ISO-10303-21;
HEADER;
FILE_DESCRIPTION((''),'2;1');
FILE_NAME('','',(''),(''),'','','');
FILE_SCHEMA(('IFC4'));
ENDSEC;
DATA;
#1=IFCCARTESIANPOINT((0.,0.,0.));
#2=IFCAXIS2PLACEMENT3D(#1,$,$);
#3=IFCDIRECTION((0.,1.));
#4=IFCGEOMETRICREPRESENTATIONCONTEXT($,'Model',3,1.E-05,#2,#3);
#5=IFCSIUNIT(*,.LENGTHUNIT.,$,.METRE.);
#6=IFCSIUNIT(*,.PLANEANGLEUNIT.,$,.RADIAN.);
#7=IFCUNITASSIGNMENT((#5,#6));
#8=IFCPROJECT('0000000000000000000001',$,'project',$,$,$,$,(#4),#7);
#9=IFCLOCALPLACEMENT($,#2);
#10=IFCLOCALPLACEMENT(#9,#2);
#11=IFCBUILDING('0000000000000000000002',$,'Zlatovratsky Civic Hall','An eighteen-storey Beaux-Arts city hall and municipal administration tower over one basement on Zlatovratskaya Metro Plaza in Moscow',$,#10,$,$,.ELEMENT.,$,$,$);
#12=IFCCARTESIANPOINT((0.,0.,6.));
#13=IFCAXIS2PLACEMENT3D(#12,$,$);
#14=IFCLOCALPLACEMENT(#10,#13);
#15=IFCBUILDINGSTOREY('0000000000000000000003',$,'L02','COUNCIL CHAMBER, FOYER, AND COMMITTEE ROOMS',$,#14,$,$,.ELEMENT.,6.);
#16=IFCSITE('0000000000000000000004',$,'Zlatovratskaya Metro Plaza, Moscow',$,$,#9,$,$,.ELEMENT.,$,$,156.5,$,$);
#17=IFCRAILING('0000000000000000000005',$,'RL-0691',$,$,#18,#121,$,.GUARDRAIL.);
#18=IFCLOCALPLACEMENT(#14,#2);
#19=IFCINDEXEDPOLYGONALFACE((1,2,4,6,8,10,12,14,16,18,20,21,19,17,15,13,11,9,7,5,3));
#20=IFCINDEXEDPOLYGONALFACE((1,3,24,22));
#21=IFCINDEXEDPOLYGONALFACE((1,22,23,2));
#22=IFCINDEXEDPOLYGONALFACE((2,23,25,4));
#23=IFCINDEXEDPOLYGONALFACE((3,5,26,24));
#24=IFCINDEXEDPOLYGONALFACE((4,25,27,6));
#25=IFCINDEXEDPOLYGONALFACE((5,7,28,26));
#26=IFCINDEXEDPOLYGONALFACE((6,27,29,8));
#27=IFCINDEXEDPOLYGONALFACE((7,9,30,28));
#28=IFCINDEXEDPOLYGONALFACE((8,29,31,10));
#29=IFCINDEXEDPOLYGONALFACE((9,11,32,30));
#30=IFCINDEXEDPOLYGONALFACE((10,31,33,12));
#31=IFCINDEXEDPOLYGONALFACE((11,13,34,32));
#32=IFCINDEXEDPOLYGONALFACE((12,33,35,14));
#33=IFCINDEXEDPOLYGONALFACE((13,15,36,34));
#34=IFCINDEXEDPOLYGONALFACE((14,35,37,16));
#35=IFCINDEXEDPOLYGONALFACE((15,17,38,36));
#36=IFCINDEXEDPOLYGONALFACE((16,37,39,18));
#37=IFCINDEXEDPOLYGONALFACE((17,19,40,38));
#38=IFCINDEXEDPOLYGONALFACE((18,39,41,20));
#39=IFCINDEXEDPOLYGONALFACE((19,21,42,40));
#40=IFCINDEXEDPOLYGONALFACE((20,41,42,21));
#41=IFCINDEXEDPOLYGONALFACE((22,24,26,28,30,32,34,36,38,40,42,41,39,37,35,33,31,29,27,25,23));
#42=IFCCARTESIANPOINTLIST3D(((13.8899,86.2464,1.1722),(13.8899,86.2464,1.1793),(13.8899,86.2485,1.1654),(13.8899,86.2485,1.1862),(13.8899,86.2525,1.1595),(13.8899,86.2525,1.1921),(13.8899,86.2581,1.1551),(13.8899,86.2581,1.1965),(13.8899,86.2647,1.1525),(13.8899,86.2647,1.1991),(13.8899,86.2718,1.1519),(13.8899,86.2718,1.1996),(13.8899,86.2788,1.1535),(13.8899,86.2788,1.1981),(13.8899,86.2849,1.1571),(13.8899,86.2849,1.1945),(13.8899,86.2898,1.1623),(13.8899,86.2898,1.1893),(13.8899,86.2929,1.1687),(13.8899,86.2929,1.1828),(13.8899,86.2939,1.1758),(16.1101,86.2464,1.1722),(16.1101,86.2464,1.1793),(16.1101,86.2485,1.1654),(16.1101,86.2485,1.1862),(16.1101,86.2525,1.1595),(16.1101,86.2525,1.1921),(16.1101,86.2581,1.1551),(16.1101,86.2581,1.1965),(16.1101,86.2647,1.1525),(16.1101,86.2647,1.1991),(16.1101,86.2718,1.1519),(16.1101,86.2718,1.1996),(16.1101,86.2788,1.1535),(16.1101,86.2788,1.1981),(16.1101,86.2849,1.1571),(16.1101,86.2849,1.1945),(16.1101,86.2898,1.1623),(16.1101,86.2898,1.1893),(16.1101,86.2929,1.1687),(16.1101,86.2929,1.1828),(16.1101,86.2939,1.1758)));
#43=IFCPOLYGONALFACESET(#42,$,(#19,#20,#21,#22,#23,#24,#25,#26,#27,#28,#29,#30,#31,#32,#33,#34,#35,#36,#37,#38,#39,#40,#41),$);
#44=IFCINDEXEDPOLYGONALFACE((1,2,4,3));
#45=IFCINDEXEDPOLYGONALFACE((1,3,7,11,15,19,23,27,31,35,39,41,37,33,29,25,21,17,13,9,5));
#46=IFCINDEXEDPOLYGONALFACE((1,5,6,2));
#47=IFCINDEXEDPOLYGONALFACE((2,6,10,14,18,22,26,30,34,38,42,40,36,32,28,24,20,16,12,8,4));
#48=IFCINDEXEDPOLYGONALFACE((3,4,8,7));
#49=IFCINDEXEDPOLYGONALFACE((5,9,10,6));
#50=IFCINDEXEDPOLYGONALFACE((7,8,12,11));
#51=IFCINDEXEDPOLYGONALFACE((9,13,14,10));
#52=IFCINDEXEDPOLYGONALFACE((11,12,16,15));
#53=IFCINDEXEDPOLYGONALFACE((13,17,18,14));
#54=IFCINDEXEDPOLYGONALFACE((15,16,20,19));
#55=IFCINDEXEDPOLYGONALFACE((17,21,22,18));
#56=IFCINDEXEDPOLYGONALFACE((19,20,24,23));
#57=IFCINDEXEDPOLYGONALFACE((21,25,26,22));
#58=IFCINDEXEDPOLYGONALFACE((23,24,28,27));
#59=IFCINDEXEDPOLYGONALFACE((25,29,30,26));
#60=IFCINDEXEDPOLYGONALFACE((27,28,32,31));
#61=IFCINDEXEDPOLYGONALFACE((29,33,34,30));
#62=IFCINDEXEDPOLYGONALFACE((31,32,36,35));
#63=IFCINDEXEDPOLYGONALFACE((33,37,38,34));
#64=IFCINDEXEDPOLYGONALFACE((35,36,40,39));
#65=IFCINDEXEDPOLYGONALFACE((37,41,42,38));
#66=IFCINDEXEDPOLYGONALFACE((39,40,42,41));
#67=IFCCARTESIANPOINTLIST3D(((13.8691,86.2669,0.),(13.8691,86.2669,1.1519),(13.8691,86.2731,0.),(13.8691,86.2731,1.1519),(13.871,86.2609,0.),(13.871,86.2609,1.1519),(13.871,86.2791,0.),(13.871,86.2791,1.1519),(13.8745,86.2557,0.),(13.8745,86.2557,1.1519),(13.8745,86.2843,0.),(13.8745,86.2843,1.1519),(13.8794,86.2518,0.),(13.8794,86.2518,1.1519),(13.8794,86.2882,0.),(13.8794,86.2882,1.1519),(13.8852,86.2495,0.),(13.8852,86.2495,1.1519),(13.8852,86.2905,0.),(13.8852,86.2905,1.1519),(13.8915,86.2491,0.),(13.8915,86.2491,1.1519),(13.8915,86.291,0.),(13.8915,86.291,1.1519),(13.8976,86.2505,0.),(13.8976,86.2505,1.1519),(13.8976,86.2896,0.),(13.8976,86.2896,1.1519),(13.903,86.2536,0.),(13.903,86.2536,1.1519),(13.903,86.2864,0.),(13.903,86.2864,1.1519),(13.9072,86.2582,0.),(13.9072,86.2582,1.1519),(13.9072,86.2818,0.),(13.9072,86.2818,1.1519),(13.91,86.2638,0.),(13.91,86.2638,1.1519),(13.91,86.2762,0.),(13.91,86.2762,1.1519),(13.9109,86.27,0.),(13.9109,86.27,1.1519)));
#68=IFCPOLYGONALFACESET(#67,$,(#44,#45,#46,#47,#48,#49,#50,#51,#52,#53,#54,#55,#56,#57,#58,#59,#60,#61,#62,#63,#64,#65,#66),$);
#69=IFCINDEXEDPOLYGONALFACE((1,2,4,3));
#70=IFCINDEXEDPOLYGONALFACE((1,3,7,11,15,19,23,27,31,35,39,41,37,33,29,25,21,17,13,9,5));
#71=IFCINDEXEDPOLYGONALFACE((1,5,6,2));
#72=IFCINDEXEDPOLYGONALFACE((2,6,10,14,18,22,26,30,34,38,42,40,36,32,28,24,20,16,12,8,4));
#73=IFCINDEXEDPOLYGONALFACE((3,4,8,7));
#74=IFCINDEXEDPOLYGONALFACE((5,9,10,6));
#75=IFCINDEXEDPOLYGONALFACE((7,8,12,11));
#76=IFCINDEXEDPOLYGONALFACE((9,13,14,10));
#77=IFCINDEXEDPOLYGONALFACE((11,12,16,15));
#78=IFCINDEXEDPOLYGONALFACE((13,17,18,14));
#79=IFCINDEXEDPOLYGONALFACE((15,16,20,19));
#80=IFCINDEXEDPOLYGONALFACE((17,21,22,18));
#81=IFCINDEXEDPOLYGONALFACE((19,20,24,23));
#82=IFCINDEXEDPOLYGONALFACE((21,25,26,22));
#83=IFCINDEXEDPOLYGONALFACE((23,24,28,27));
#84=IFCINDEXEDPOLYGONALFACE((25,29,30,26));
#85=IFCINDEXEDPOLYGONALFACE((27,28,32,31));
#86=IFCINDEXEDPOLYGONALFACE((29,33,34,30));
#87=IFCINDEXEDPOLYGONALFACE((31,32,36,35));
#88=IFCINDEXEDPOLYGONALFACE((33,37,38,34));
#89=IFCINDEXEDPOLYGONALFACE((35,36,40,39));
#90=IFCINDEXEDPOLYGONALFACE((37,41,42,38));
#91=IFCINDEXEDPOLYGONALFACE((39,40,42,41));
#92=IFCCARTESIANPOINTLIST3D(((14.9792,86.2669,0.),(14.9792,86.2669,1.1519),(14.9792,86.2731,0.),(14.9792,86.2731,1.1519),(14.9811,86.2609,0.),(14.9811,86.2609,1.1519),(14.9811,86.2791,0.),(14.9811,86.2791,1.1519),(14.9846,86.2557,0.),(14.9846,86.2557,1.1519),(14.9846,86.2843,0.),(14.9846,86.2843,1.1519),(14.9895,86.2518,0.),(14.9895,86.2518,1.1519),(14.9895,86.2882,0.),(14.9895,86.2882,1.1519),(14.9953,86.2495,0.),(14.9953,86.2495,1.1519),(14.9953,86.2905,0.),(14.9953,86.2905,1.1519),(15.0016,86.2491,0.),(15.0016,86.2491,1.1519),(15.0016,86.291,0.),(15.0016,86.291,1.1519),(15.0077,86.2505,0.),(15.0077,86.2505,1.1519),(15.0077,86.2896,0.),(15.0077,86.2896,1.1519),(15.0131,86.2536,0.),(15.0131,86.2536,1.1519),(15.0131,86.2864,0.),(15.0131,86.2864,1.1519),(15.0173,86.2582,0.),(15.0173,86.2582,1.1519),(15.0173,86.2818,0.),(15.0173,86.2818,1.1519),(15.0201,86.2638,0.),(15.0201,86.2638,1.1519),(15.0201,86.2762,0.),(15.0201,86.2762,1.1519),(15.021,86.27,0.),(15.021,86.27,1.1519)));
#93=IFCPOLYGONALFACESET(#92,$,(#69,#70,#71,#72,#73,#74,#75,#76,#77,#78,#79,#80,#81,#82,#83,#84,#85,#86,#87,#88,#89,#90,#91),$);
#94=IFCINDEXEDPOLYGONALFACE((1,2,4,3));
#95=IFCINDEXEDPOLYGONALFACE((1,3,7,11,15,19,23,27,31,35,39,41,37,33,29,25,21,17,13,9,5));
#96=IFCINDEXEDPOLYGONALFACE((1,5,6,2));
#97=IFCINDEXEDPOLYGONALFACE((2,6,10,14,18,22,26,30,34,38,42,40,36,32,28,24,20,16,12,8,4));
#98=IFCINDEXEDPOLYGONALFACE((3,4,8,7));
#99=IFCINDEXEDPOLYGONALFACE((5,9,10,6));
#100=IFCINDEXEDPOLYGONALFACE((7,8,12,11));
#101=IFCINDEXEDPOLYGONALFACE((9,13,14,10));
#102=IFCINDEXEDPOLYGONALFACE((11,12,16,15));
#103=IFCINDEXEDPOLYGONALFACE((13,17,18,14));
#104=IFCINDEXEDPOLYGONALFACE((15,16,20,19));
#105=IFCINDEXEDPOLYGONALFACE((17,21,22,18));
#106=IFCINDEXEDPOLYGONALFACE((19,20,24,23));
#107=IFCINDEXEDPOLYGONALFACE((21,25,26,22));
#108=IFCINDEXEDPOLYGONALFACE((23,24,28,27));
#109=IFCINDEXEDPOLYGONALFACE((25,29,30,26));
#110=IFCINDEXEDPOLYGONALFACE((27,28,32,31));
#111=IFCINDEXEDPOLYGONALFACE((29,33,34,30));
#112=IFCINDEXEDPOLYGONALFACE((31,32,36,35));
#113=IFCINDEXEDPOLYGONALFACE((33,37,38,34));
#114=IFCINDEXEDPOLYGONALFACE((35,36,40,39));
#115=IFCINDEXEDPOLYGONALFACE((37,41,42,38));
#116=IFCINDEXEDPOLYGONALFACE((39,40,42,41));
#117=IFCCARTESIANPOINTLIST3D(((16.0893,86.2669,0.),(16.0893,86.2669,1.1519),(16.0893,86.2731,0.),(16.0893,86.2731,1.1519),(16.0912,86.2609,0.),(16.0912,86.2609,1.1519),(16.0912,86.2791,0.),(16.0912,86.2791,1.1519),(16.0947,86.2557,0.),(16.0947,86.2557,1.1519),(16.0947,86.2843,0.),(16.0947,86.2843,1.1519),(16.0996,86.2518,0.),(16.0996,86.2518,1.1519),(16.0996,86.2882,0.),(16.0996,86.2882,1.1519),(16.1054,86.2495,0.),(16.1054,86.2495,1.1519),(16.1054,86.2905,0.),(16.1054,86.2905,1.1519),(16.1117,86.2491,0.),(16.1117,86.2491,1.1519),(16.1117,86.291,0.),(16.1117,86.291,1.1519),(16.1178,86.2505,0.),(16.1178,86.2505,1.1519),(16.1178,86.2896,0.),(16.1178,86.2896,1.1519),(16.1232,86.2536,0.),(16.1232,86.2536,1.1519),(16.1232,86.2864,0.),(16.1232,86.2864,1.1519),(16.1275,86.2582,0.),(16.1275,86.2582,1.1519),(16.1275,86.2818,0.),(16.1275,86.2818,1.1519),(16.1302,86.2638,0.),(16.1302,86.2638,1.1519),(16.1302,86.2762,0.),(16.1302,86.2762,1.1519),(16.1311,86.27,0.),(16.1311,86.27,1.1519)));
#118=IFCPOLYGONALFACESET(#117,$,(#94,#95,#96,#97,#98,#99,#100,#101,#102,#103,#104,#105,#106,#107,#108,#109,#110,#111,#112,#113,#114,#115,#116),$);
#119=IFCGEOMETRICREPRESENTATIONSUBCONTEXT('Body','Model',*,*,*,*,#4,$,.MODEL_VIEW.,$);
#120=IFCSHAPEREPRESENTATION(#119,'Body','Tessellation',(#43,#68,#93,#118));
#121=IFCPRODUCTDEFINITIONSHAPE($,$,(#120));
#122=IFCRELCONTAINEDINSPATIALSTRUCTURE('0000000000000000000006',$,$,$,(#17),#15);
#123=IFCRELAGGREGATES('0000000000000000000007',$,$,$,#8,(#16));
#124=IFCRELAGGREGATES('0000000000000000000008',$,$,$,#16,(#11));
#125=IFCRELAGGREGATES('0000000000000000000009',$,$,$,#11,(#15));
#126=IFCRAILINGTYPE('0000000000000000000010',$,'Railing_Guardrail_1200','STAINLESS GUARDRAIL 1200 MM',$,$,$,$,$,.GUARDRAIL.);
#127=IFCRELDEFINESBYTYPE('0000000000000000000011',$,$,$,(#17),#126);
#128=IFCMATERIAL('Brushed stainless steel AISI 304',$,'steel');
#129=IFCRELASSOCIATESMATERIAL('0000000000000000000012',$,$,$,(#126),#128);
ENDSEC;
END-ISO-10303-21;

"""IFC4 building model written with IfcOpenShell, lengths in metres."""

from ifc_helpers import new_model, si_unit, direction, frame, origin, origin_2d, place, context, subcontext, project, spatial, circle, extrude, material, type_object, element, save


model = new_model("IFC4")

# Units and contexts
model_context = context("Model", 3, precision=1e-05, world=origin(), true_north=direction((0.0, 1.0)))
body_context = subcontext(model_context, "Body", "Model", "MODEL_VIEW")
ifc_project = project(units=[si_unit("LENGTHUNIT", "METRE"), si_unit("PLANEANGLEUNIT", "RADIAN")], contexts=[model_context])

# Site, building, storey
site_placement = place(None, origin())
site = spatial("IfcSite", under=ifc_project, at=site_placement, Name="Zlatovratskaya Metro Plaza, Moscow", CompositionType="ELEMENT", RefElevation=156.5)
building_placement = place(site_placement, origin())
building = spatial("IfcBuilding", under=site, at=building_placement, Name="Zlatovratsky Civic Hall", Description="An eighteen-storey Beaux-Arts city hall and municipal administration tower over one basement on Zlatovratskaya Metro Plaza in Moscow", CompositionType="ELEMENT")
storey_placement = place(building_placement, frame((0.0, 0.0, 6.0)))
storey = spatial("IfcBuildingStorey", under=building, at=storey_placement, Name="L02", Description="COUNCIL CHAMBER, FOYER, AND COMMITTEE ROOMS", CompositionType="ELEMENT", Elevation=6.0)

# Railing
ifc_material_1 = material(Name="Brushed stainless steel AISI 304", Category="steel")
railing_type_1 = type_object("IfcRailingType", Name="Railing_Guardrail_1200", Description="STAINLESS GUARDRAIL 1200 MM", PredefinedType="GUARDRAIL", material=ifc_material_1)
railing_1_placement = place(storey_placement, frame((13.8899, 86.27, 0.0)))
element("IfcRailing", 1, at=railing_1_placement, inside=storey, type_object=railing_type_1, Name="RL-0691", PredefinedType="GUARDRAIL", context=body_context, shape_type="SweptSolid", body=[
    extrude(circle(Radius=0.0239, at=origin_2d()), frame((0.0, 0.0, 1.1758), z_axis=(1.0, 0.0, 0.0), x_axis=(0.0, 1.0, 0.0)), (0.0, 0.0, 1.0), 2.2202),
    extrude(circle(Radius=0.021, at=origin_2d()), origin(), (0.0, 0.0, 1.0), 1.1519),
    extrude(circle(Radius=0.021, at=origin_2d()), frame((1.1101, 0.0, 0.0)), (0.0, 0.0, 1.0), 1.1519),
    extrude(circle(Radius=0.021, at=origin_2d()), frame((2.2202, 0.0, 0.0)), (0.0, 0.0, 1.0), 1.1519),
])

save(model, "model.ifc")
